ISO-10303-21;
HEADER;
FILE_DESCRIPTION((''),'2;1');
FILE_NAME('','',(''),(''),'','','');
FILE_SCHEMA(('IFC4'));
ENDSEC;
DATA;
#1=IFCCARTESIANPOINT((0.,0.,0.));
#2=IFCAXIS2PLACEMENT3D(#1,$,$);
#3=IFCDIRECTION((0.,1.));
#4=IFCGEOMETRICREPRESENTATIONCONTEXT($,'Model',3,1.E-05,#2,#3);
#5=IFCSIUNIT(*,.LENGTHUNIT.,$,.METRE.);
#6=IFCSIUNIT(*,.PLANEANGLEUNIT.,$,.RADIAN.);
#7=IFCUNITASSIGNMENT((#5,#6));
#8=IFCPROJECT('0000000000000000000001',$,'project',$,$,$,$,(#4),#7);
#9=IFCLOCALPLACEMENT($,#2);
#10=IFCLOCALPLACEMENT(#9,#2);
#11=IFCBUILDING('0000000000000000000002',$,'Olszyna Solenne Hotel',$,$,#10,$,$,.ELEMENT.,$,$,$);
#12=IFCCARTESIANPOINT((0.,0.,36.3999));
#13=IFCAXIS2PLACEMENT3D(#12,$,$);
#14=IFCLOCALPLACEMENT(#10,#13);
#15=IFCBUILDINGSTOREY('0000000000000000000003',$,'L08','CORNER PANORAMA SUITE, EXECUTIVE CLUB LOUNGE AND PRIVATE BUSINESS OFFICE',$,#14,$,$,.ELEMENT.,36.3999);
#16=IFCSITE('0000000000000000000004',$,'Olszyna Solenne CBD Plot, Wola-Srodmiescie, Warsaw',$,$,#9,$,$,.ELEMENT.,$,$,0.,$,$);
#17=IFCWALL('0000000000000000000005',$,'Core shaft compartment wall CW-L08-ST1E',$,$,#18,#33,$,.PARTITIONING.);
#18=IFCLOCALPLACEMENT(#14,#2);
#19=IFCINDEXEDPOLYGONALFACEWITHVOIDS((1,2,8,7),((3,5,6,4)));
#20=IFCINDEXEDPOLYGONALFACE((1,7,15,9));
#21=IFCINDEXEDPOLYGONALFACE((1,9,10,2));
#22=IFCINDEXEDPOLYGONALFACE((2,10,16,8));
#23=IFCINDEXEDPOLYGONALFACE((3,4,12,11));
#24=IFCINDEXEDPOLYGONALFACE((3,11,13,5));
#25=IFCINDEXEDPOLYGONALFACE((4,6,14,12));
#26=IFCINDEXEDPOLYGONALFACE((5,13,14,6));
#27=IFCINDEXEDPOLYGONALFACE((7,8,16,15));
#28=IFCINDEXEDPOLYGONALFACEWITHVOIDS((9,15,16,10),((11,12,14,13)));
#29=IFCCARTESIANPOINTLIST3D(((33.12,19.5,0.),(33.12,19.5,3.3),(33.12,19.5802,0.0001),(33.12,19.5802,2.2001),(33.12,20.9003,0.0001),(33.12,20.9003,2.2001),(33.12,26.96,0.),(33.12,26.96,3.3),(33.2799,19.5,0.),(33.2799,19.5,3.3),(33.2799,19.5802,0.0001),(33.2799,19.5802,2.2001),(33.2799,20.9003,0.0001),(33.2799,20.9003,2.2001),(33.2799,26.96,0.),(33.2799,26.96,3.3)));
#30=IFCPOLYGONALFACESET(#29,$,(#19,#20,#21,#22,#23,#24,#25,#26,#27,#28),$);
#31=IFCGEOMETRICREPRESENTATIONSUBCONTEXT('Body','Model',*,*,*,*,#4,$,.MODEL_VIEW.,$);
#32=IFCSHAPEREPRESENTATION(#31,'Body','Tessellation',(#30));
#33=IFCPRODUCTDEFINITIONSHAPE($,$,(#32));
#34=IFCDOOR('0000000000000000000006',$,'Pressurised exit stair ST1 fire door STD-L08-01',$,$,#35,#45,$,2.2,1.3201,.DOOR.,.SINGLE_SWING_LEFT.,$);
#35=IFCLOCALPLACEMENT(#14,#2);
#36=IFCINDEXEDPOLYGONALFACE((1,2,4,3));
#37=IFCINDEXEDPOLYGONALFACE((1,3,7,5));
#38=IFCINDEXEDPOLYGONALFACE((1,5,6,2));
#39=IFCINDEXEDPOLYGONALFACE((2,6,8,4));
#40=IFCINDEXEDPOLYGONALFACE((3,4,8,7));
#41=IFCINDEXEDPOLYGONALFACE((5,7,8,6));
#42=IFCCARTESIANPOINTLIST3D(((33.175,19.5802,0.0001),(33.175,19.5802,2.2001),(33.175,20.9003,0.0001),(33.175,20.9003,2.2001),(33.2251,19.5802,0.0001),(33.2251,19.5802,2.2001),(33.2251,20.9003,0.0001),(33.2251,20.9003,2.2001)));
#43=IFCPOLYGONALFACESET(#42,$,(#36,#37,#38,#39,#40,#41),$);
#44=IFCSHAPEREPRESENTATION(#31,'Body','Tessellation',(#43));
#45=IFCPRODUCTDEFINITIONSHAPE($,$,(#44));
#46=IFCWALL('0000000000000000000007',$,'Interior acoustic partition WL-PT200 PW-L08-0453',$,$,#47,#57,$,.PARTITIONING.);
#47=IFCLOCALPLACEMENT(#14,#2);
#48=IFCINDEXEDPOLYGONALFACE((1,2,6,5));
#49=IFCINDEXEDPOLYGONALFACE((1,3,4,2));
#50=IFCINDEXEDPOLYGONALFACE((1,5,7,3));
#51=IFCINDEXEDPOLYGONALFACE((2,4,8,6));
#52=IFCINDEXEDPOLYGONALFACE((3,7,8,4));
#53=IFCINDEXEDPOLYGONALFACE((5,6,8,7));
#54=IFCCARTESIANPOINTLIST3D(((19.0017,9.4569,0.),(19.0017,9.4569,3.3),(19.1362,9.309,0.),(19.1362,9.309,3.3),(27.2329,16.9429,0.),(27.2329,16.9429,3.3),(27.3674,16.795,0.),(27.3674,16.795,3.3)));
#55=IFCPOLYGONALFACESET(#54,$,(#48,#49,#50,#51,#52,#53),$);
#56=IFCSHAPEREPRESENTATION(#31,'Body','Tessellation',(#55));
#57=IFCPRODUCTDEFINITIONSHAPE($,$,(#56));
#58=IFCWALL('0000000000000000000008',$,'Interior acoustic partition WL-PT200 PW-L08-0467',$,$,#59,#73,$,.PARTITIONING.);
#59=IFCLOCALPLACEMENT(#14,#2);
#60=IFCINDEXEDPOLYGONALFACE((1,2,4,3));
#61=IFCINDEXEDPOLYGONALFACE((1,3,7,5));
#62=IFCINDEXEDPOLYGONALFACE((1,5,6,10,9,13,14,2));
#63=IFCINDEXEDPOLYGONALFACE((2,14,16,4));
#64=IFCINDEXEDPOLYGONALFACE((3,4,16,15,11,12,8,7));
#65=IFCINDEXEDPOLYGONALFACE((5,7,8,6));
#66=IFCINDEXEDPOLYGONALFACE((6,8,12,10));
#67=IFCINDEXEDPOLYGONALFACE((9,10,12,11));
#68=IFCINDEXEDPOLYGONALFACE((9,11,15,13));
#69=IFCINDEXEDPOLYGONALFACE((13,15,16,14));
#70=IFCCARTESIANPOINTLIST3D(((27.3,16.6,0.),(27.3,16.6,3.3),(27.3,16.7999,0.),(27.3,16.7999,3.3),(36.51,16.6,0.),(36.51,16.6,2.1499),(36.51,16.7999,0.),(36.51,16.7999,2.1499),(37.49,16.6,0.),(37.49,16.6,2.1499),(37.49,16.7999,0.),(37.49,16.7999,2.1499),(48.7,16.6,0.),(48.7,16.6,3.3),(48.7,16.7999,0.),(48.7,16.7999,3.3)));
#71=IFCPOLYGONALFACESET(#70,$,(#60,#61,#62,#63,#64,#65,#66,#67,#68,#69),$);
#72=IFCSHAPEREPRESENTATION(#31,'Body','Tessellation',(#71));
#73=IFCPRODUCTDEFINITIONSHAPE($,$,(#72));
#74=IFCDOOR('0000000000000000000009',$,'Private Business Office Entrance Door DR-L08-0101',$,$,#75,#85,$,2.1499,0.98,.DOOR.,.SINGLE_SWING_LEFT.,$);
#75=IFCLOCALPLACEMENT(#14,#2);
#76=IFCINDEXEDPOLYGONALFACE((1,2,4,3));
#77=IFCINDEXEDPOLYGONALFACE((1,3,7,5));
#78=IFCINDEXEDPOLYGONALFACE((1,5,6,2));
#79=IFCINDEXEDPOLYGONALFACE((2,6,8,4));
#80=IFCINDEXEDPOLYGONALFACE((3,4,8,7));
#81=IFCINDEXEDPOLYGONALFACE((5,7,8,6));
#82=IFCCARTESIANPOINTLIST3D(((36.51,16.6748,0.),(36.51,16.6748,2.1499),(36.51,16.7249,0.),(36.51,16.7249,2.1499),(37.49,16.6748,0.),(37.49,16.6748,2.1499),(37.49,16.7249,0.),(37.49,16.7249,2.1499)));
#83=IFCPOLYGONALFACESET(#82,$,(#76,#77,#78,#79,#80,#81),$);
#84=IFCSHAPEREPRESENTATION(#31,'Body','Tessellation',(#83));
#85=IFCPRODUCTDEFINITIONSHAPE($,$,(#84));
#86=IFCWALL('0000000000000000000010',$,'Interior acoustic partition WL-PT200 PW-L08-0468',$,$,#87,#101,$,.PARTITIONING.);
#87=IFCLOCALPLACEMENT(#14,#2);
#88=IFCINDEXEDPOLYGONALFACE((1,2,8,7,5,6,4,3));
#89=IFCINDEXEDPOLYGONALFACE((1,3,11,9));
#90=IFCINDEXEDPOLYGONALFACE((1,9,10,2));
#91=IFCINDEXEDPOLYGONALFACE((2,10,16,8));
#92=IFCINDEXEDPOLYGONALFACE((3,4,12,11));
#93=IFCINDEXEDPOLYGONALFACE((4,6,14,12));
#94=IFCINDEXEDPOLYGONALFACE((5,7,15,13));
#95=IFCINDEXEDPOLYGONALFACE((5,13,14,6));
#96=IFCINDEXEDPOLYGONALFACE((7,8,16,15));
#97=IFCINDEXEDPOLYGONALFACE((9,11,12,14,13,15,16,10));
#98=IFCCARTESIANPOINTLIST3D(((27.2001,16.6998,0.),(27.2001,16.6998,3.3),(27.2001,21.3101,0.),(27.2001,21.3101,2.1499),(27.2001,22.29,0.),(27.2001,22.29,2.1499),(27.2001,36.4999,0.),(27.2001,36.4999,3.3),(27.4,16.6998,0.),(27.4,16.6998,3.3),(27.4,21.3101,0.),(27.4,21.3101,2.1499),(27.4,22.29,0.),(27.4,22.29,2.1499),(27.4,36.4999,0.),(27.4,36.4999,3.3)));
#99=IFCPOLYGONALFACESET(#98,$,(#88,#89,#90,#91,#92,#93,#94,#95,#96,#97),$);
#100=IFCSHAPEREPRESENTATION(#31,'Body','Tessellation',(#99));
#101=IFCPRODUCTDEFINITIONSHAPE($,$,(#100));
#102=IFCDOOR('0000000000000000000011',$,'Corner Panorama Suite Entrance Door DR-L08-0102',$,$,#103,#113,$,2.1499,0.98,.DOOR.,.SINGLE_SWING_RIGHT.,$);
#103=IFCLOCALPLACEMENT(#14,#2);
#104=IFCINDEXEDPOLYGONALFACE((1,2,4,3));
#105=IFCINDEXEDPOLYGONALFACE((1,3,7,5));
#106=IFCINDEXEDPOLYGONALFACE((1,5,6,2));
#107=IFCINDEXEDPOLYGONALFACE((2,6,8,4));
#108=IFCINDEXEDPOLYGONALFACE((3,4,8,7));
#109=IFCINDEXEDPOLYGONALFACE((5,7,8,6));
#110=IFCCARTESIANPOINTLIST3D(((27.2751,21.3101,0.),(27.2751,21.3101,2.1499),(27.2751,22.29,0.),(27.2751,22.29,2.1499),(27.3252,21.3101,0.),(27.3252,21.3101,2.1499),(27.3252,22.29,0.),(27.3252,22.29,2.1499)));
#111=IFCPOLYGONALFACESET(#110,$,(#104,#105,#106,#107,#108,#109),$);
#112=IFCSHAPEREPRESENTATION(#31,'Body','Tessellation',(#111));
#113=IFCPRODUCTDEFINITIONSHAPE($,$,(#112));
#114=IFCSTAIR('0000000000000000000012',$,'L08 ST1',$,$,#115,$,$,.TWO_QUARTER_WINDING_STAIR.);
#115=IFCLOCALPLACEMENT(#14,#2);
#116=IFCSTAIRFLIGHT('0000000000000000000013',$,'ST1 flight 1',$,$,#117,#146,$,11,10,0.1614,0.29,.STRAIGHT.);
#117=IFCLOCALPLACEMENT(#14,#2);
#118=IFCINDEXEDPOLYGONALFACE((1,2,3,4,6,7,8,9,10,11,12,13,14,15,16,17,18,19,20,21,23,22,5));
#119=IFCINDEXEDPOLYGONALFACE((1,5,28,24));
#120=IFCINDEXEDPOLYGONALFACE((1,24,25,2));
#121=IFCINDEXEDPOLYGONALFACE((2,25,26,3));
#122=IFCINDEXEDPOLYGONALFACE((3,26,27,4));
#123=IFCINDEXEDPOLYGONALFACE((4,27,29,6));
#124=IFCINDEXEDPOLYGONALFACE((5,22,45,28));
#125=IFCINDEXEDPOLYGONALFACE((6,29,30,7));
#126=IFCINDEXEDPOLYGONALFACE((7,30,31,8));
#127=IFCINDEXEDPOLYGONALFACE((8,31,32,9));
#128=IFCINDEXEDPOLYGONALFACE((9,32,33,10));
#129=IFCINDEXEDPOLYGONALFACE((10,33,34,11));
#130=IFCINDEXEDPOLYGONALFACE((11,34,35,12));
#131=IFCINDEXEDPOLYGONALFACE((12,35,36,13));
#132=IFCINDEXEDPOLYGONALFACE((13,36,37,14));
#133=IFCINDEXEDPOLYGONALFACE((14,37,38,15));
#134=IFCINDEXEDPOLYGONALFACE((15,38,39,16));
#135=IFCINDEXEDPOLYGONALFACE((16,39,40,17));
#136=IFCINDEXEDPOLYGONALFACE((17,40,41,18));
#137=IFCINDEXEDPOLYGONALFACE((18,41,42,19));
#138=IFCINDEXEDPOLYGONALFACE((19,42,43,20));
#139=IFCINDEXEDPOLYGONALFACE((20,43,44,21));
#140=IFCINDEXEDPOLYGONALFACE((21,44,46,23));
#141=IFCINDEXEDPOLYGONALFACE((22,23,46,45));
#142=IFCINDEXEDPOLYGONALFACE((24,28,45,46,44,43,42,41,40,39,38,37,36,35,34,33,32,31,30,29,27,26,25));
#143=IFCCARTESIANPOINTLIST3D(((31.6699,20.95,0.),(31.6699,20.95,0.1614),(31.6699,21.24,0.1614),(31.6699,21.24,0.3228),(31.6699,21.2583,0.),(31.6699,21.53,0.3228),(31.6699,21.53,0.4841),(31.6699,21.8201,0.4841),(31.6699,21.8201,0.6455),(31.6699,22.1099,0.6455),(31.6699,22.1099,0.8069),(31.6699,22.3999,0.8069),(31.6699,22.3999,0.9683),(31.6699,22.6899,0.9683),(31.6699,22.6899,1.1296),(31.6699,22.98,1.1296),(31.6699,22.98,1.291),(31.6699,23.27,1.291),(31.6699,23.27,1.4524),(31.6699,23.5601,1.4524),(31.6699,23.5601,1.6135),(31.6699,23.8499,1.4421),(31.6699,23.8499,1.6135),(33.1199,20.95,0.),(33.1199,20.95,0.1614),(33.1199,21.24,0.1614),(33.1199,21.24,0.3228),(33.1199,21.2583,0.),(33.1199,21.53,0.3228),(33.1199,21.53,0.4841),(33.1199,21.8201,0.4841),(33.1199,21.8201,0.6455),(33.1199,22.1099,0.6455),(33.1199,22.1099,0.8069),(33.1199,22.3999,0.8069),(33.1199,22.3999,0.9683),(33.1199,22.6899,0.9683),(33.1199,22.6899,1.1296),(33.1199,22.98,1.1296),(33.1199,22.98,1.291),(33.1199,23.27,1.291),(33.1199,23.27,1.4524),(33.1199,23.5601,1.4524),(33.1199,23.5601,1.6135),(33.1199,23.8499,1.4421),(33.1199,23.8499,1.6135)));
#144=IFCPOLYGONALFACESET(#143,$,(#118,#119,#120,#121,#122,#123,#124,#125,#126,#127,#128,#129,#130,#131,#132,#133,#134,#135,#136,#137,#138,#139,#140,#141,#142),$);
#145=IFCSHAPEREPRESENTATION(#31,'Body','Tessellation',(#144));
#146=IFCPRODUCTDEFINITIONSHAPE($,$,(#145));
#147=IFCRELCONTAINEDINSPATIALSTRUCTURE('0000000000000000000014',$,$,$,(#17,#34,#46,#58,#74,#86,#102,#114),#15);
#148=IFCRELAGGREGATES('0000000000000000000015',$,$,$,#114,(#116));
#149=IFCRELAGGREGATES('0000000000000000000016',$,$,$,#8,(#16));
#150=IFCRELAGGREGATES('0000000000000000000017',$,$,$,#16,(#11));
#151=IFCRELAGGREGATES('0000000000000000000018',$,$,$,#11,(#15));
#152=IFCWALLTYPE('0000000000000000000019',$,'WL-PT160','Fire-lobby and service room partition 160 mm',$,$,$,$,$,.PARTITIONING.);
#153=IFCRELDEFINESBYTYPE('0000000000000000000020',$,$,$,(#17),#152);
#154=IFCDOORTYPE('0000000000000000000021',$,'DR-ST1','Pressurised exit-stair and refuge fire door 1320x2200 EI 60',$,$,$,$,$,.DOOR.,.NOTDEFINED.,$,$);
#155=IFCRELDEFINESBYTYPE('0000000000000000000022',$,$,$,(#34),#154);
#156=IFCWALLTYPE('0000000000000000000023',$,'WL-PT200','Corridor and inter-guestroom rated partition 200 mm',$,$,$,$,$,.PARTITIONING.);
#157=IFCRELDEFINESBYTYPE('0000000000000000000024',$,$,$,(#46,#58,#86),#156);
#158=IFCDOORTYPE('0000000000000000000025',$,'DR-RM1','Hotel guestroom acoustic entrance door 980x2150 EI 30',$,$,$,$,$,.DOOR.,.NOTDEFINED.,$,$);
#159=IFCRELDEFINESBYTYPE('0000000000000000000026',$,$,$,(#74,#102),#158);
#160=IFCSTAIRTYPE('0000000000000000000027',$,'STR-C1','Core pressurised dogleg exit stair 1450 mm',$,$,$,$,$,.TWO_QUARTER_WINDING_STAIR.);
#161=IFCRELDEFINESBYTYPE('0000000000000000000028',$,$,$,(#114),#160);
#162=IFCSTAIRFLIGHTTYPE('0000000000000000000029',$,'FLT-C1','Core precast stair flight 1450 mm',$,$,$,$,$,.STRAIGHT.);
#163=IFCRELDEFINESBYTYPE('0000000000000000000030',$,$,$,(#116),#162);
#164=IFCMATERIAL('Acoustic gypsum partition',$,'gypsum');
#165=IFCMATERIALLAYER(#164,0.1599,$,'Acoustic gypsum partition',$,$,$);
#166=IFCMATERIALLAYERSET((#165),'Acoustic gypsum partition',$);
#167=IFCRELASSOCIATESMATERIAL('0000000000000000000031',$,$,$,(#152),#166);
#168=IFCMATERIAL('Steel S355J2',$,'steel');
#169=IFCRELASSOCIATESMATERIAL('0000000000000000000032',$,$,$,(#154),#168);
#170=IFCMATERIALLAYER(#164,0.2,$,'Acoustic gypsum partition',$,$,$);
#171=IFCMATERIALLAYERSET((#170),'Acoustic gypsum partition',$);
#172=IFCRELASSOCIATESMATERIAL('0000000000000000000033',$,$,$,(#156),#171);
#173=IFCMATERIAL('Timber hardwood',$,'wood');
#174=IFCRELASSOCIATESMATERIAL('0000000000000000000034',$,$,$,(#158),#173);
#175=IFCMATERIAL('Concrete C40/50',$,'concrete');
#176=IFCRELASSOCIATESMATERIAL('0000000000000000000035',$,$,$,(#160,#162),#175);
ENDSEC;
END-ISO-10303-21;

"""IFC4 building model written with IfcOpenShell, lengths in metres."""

from ifc_helpers import new_model, si_unit, direction, frame, frame_2d, origin, place, context, subcontext, project, spatial, polyline, rectangle, outline, extrude, source, transform, mapped, material, layer, layer_set, type_object, type_shapes, element, fill, aggregate, save


model = new_model("IFC4")

# Units and contexts
model_context = context("Model", 3, precision=1e-05, world=origin(), true_north=direction((0.0, 1.0)))
body_context = subcontext(model_context, "Body", "Model", "MODEL_VIEW")
ifc_project = project(units=[si_unit("LENGTHUNIT", "METRE"), si_unit("PLANEANGLEUNIT", "RADIAN")], contexts=[model_context])

# Site, building, storey
site_placement = place(None, origin())
site = spatial("IfcSite", under=ifc_project, at=site_placement, Name="Olszyna Solenne CBD Plot, Wola-Srodmiescie, Warsaw", CompositionType="ELEMENT", RefElevation=0.0)
building_placement = place(site_placement, origin())
building = spatial("IfcBuilding", under=site, at=building_placement, Name="Olszyna Solenne Hotel", CompositionType="ELEMENT")
storey_placement = place(building_placement, frame((0.0, 0.0, 36.3999)))
storey = spatial("IfcBuildingStorey", under=building, at=storey_placement, Name="L08", Description="CORNER PANORAMA SUITE, EXECUTIVE CLUB LOUNGE AND PRIVATE BUSINESS OFFICE", CompositionType="ELEMENT", Elevation=36.3999)

# Shared definitions
ifc_material_1 = material(Name="Steel S355J2", Category="steel")

# Shared definitions
ifc_material_2 = material(Name="Timber hardwood", Category="wood")

# Wall, opening, door
ifc_material_3 = material(Name="Acoustic gypsum partition", Category="gypsum")
ifc_layer_1 = layer(ifc_material_3, 0.1599, Name="Acoustic gypsum partition")
ifc_layer_set_1 = layer_set([ifc_layer_1], Name="Acoustic gypsum partition")
wall_type_1 = type_object("IfcWallType", Name="WL-PT160", Description="Fire-lobby and service room partition 160 mm", PredefinedType="PARTITIONING", material=ifc_layer_set_1)
wall_1_placement = place(storey_placement, frame((33.2, 19.5, 0.0), z_axis=(0.0, 0.0, 1.0), x_axis=(0.0, 1.0, 0.0)))
wall_1 = element("IfcWall", 1, at=wall_1_placement, inside=storey, type_object=wall_type_1, Name="Core shaft compartment wall CW-L08-ST1E", PredefinedType="PARTITIONING", context=body_context, shape_type="SweptSolid", body=[
    extrude(rectangle(XDim=7.46, YDim=0.1599, at=frame_2d((3.73, 0.0))), origin(), (0.0, 0.0, 1.0), 3.3),
])
opening_1_placement = place(wall_1_placement, frame((0.0801, 0.0, 0.0)))
opening_1 = element("IfcOpeningElement", 2, at=opening_1_placement, cuts=wall_1, PredefinedType="OPENING", context=body_context, shape_type="SweptSolid", body=[
    extrude(rectangle(XDim=1.3201, YDim=2.2, at=frame_2d((0.6602, 1.1001))), frame((0.0, 0.0898, 0.0), z_axis=(0.0, -1.0, 0.0), x_axis=(1.0, 0.0, 0.0)), (0.0, 0.0, 1.0), 0.1799),
])
door_type_1 = type_object("IfcDoorType", Name="DR-ST1", Description="Pressurised exit-stair and refuge fire door 1320x2200 EI 60", OperationType="NOTDEFINED", PredefinedType="DOOR", material=ifc_material_1)
shared_shape_1 = source(origin(), body_context, "Body", "SweptSolid", [
    extrude(rectangle(XDim=1.3201, YDim=2.2, at=frame_2d((0.6602, 1.1001))), frame((0.0, 0.0249, 0.0), z_axis=(0.0, -1.0, 0.0), x_axis=(1.0, 0.0, 0.0)), (0.0, 0.0, 1.0), 0.05),
])
type_shapes(door_type_1, [shared_shape_1])
door_1_placement = place(opening_1_placement, origin())
door_1 = element("IfcDoor", 3, at=door_1_placement, inside=storey, type_object=door_type_1, Name="Pressurised exit stair ST1 fire door STD-L08-01", OperationType="SINGLE_SWING_LEFT", OverallHeight=2.2, OverallWidth=1.3201, PredefinedType="DOOR", context=body_context, shape_type="MappedRepresentation", body=[
    mapped(shared_shape_1, transform((0.0, 0.0, 0.0), x_axis=(1.0, 0.0, 0.0), y_axis=(0.0, 1.0, 0.0), z_axis=(0.0, 0.0, 1.0), scale=1.0)),
])
fill(opening_1, door_1)

# Wall
ifc_layer_2 = layer(ifc_material_3, 0.2, Name="Acoustic gypsum partition")
ifc_layer_set_2 = layer_set([ifc_layer_2], Name="Acoustic gypsum partition")
wall_type_2 = type_object("IfcWallType", Name="WL-PT200", Description="Corridor and inter-guestroom rated partition 200 mm", PredefinedType="PARTITIONING", material=ifc_layer_set_2)
wall_2_placement = place(storey_placement, frame((27.3, 16.8689, 0.0), z_axis=(0.0, 0.0, 1.0), x_axis=(-0.739798, -0.672829, 0.0)))
element("IfcWall", 4, at=wall_2_placement, inside=storey, type_object=wall_type_2, Name="Interior acoustic partition WL-PT200 PW-L08-0453", PredefinedType="PARTITIONING", context=body_context, shape_type="SweptSolid", body=[
    extrude(rectangle(XDim=11.1262, YDim=0.2, at=frame_2d((5.563, 0.0))), origin(), (0.0, 0.0, 1.0), 3.3),
])

# Walls, openings, doors
wall_3_placement = place(storey_placement, frame((27.3, 16.7, 0.0), z_axis=(0.0, 0.0, 1.0), x_axis=(1.0, 0.0, 0.0)))
wall_3 = element("IfcWall", 5, at=wall_3_placement, inside=storey, type_object=wall_type_2, Name="Interior acoustic partition WL-PT200 PW-L08-0467", PredefinedType="PARTITIONING", context=body_context, shape_type="SweptSolid", body=[
    extrude(rectangle(XDim=21.3999, YDim=0.2, at=frame_2d((10.7, 0.0))), origin(), (0.0, 0.0, 1.0), 3.3),
])
opening_2_placement = place(wall_3_placement, frame((9.21, 0.0, 0.0)))
opening_2 = element("IfcOpeningElement", 6, at=opening_2_placement, cuts=wall_3, PredefinedType="OPENING", context=body_context, shape_type="SweptSolid", body=[
    extrude(rectangle(XDim=0.98, YDim=2.1499, at=frame_2d((0.49, 1.075))), frame((0.0, 0.1099, 0.0), z_axis=(0.0, -1.0, 0.0), x_axis=(1.0, 0.0, 0.0)), (0.0, 0.0, 1.0), 0.22),
])
door_type_2 = type_object("IfcDoorType", Name="DR-RM1", Description="Hotel guestroom acoustic entrance door 980x2150 EI 30", OperationType="NOTDEFINED", PredefinedType="DOOR", material=ifc_material_2)
shared_shape_2 = source(origin(), body_context, "Body", "SweptSolid", [
    extrude(rectangle(XDim=0.98, YDim=2.1499, at=frame_2d((0.49, 1.075))), frame((0.0, 0.0249, 0.0), z_axis=(0.0, -1.0, 0.0), x_axis=(1.0, 0.0, 0.0)), (0.0, 0.0, 1.0), 0.05),
])
type_shapes(door_type_2, [shared_shape_2])
door_2_placement = place(opening_2_placement, origin())
door_2 = element("IfcDoor", 7, at=door_2_placement, inside=storey, type_object=door_type_2, Name="Private Business Office Entrance Door DR-L08-0101", OperationType="SINGLE_SWING_LEFT", OverallHeight=2.1499, OverallWidth=0.98, PredefinedType="DOOR", context=body_context, shape_type="MappedRepresentation", body=[
    mapped(shared_shape_2, transform((0.0, 0.0, 0.0), x_axis=(1.0, 0.0, 0.0), y_axis=(0.0, 1.0, 0.0), z_axis=(0.0, 0.0, 1.0), scale=1.0)),
])
fill(opening_2, door_2)
wall_4_placement = place(storey_placement, frame((27.3, 16.7, 0.0), z_axis=(0.0, 0.0, 1.0), x_axis=(0.0, 1.0, 0.0)))
wall_4 = element("IfcWall", 8, at=wall_4_placement, inside=storey, type_object=wall_type_2, Name="Interior acoustic partition WL-PT200 PW-L08-0468", PredefinedType="PARTITIONING", context=body_context, shape_type="SweptSolid", body=[
    extrude(rectangle(XDim=19.8, YDim=0.2, at=frame_2d((9.8999, 0.0))), origin(), (0.0, 0.0, 1.0), 3.3),
])
opening_3_placement = place(wall_4_placement, frame((4.6101, 0.0, 0.0)))
opening_3 = element("IfcOpeningElement", 9, at=opening_3_placement, cuts=wall_4, PredefinedType="OPENING", context=body_context, shape_type="SweptSolid", body=[
    extrude(rectangle(XDim=0.98, YDim=2.1499, at=frame_2d((0.49, 1.075))), frame((0.0, 0.1099, 0.0), z_axis=(0.0, -1.0, 0.0), x_axis=(1.0, 0.0, 0.0)), (0.0, 0.0, 1.0), 0.22),
])
door_3_placement = place(opening_3_placement, origin())
door_3 = element("IfcDoor", 10, at=door_3_placement, inside=storey, type_object=door_type_2, Name="Corner Panorama Suite Entrance Door DR-L08-0102", OperationType="SINGLE_SWING_RIGHT", OverallHeight=2.1499, OverallWidth=0.98, PredefinedType="DOOR", context=body_context, shape_type="MappedRepresentation", body=[
    mapped(shared_shape_2, transform((0.0, 0.0, 0.0), x_axis=(1.0, 0.0, 0.0), y_axis=(0.0, 1.0, 0.0), z_axis=(0.0, 0.0, 1.0), scale=1.0)),
])
fill(opening_3, door_3)

# Stair, stair flight
ifc_material_4 = material(Name="Concrete C40/50", Category="concrete")
stair_type = type_object("IfcStairType", Name="STR-C1", Description="Core pressurised dogleg exit stair 1450 mm", PredefinedType="TWO_QUARTER_WINDING_STAIR", material=ifc_material_4)
stair_placement = place(storey_placement, origin())
stair = element("IfcStair", 11, at=stair_placement, inside=storey, type_object=stair_type, Name="L08 ST1", PredefinedType="TWO_QUARTER_WINDING_STAIR")
stair_flight_type = type_object("IfcStairFlightType", Name="FLT-C1", Description="Core precast stair flight 1450 mm", PredefinedType="STRAIGHT", material=ifc_material_4)
stair_flight_1_placement = place(storey_placement, frame((32.395, 20.95, 0.0), z_axis=(0.0, 0.0, 1.0), x_axis=(0.0, 1.0, 0.0)))
stair_flight_1 = element("IfcStairFlight", 12, at=stair_flight_1_placement, type_object=stair_flight_type, Name="ST1 flight 1", NumberOfRisers=11, NumberOfTreads=10, PredefinedType="STRAIGHT", RiserHeight=0.1614, TreadLength=0.29, context=body_context, shape_type="SweptSolid", body=[
    extrude(outline(polyline([(0.0, 0.0), (0.0, 0.1614), (0.29, 0.1614), (0.29, 0.3228), (0.5801, 0.3228), (0.5801, 0.4841), (0.8701, 0.4841), (0.8701, 0.6455), (1.1599, 0.6455), (1.1599, 0.8069), (1.45, 0.8069), (1.45, 0.9683), (1.74, 0.9683), (1.74, 1.1296), (2.03, 1.1296), (2.03, 1.291), (2.3201, 1.291), (2.3201, 1.4524), (2.6101, 1.4524), (2.6101, 1.6135), (2.8999, 1.6135), (2.8999, 1.7749), (2.8999, 1.4421), (0.3083, 0.0), (0.0, 0.0)])), frame((0.0, 0.7251, 0.0), z_axis=(0.0, -1.0, 0.0), x_axis=(1.0, 0.0, 0.0)), (0.0, 0.0, 1.0), 1.45),
])
aggregate(stair, [stair_flight_1])

save(model, "model.ifc")
